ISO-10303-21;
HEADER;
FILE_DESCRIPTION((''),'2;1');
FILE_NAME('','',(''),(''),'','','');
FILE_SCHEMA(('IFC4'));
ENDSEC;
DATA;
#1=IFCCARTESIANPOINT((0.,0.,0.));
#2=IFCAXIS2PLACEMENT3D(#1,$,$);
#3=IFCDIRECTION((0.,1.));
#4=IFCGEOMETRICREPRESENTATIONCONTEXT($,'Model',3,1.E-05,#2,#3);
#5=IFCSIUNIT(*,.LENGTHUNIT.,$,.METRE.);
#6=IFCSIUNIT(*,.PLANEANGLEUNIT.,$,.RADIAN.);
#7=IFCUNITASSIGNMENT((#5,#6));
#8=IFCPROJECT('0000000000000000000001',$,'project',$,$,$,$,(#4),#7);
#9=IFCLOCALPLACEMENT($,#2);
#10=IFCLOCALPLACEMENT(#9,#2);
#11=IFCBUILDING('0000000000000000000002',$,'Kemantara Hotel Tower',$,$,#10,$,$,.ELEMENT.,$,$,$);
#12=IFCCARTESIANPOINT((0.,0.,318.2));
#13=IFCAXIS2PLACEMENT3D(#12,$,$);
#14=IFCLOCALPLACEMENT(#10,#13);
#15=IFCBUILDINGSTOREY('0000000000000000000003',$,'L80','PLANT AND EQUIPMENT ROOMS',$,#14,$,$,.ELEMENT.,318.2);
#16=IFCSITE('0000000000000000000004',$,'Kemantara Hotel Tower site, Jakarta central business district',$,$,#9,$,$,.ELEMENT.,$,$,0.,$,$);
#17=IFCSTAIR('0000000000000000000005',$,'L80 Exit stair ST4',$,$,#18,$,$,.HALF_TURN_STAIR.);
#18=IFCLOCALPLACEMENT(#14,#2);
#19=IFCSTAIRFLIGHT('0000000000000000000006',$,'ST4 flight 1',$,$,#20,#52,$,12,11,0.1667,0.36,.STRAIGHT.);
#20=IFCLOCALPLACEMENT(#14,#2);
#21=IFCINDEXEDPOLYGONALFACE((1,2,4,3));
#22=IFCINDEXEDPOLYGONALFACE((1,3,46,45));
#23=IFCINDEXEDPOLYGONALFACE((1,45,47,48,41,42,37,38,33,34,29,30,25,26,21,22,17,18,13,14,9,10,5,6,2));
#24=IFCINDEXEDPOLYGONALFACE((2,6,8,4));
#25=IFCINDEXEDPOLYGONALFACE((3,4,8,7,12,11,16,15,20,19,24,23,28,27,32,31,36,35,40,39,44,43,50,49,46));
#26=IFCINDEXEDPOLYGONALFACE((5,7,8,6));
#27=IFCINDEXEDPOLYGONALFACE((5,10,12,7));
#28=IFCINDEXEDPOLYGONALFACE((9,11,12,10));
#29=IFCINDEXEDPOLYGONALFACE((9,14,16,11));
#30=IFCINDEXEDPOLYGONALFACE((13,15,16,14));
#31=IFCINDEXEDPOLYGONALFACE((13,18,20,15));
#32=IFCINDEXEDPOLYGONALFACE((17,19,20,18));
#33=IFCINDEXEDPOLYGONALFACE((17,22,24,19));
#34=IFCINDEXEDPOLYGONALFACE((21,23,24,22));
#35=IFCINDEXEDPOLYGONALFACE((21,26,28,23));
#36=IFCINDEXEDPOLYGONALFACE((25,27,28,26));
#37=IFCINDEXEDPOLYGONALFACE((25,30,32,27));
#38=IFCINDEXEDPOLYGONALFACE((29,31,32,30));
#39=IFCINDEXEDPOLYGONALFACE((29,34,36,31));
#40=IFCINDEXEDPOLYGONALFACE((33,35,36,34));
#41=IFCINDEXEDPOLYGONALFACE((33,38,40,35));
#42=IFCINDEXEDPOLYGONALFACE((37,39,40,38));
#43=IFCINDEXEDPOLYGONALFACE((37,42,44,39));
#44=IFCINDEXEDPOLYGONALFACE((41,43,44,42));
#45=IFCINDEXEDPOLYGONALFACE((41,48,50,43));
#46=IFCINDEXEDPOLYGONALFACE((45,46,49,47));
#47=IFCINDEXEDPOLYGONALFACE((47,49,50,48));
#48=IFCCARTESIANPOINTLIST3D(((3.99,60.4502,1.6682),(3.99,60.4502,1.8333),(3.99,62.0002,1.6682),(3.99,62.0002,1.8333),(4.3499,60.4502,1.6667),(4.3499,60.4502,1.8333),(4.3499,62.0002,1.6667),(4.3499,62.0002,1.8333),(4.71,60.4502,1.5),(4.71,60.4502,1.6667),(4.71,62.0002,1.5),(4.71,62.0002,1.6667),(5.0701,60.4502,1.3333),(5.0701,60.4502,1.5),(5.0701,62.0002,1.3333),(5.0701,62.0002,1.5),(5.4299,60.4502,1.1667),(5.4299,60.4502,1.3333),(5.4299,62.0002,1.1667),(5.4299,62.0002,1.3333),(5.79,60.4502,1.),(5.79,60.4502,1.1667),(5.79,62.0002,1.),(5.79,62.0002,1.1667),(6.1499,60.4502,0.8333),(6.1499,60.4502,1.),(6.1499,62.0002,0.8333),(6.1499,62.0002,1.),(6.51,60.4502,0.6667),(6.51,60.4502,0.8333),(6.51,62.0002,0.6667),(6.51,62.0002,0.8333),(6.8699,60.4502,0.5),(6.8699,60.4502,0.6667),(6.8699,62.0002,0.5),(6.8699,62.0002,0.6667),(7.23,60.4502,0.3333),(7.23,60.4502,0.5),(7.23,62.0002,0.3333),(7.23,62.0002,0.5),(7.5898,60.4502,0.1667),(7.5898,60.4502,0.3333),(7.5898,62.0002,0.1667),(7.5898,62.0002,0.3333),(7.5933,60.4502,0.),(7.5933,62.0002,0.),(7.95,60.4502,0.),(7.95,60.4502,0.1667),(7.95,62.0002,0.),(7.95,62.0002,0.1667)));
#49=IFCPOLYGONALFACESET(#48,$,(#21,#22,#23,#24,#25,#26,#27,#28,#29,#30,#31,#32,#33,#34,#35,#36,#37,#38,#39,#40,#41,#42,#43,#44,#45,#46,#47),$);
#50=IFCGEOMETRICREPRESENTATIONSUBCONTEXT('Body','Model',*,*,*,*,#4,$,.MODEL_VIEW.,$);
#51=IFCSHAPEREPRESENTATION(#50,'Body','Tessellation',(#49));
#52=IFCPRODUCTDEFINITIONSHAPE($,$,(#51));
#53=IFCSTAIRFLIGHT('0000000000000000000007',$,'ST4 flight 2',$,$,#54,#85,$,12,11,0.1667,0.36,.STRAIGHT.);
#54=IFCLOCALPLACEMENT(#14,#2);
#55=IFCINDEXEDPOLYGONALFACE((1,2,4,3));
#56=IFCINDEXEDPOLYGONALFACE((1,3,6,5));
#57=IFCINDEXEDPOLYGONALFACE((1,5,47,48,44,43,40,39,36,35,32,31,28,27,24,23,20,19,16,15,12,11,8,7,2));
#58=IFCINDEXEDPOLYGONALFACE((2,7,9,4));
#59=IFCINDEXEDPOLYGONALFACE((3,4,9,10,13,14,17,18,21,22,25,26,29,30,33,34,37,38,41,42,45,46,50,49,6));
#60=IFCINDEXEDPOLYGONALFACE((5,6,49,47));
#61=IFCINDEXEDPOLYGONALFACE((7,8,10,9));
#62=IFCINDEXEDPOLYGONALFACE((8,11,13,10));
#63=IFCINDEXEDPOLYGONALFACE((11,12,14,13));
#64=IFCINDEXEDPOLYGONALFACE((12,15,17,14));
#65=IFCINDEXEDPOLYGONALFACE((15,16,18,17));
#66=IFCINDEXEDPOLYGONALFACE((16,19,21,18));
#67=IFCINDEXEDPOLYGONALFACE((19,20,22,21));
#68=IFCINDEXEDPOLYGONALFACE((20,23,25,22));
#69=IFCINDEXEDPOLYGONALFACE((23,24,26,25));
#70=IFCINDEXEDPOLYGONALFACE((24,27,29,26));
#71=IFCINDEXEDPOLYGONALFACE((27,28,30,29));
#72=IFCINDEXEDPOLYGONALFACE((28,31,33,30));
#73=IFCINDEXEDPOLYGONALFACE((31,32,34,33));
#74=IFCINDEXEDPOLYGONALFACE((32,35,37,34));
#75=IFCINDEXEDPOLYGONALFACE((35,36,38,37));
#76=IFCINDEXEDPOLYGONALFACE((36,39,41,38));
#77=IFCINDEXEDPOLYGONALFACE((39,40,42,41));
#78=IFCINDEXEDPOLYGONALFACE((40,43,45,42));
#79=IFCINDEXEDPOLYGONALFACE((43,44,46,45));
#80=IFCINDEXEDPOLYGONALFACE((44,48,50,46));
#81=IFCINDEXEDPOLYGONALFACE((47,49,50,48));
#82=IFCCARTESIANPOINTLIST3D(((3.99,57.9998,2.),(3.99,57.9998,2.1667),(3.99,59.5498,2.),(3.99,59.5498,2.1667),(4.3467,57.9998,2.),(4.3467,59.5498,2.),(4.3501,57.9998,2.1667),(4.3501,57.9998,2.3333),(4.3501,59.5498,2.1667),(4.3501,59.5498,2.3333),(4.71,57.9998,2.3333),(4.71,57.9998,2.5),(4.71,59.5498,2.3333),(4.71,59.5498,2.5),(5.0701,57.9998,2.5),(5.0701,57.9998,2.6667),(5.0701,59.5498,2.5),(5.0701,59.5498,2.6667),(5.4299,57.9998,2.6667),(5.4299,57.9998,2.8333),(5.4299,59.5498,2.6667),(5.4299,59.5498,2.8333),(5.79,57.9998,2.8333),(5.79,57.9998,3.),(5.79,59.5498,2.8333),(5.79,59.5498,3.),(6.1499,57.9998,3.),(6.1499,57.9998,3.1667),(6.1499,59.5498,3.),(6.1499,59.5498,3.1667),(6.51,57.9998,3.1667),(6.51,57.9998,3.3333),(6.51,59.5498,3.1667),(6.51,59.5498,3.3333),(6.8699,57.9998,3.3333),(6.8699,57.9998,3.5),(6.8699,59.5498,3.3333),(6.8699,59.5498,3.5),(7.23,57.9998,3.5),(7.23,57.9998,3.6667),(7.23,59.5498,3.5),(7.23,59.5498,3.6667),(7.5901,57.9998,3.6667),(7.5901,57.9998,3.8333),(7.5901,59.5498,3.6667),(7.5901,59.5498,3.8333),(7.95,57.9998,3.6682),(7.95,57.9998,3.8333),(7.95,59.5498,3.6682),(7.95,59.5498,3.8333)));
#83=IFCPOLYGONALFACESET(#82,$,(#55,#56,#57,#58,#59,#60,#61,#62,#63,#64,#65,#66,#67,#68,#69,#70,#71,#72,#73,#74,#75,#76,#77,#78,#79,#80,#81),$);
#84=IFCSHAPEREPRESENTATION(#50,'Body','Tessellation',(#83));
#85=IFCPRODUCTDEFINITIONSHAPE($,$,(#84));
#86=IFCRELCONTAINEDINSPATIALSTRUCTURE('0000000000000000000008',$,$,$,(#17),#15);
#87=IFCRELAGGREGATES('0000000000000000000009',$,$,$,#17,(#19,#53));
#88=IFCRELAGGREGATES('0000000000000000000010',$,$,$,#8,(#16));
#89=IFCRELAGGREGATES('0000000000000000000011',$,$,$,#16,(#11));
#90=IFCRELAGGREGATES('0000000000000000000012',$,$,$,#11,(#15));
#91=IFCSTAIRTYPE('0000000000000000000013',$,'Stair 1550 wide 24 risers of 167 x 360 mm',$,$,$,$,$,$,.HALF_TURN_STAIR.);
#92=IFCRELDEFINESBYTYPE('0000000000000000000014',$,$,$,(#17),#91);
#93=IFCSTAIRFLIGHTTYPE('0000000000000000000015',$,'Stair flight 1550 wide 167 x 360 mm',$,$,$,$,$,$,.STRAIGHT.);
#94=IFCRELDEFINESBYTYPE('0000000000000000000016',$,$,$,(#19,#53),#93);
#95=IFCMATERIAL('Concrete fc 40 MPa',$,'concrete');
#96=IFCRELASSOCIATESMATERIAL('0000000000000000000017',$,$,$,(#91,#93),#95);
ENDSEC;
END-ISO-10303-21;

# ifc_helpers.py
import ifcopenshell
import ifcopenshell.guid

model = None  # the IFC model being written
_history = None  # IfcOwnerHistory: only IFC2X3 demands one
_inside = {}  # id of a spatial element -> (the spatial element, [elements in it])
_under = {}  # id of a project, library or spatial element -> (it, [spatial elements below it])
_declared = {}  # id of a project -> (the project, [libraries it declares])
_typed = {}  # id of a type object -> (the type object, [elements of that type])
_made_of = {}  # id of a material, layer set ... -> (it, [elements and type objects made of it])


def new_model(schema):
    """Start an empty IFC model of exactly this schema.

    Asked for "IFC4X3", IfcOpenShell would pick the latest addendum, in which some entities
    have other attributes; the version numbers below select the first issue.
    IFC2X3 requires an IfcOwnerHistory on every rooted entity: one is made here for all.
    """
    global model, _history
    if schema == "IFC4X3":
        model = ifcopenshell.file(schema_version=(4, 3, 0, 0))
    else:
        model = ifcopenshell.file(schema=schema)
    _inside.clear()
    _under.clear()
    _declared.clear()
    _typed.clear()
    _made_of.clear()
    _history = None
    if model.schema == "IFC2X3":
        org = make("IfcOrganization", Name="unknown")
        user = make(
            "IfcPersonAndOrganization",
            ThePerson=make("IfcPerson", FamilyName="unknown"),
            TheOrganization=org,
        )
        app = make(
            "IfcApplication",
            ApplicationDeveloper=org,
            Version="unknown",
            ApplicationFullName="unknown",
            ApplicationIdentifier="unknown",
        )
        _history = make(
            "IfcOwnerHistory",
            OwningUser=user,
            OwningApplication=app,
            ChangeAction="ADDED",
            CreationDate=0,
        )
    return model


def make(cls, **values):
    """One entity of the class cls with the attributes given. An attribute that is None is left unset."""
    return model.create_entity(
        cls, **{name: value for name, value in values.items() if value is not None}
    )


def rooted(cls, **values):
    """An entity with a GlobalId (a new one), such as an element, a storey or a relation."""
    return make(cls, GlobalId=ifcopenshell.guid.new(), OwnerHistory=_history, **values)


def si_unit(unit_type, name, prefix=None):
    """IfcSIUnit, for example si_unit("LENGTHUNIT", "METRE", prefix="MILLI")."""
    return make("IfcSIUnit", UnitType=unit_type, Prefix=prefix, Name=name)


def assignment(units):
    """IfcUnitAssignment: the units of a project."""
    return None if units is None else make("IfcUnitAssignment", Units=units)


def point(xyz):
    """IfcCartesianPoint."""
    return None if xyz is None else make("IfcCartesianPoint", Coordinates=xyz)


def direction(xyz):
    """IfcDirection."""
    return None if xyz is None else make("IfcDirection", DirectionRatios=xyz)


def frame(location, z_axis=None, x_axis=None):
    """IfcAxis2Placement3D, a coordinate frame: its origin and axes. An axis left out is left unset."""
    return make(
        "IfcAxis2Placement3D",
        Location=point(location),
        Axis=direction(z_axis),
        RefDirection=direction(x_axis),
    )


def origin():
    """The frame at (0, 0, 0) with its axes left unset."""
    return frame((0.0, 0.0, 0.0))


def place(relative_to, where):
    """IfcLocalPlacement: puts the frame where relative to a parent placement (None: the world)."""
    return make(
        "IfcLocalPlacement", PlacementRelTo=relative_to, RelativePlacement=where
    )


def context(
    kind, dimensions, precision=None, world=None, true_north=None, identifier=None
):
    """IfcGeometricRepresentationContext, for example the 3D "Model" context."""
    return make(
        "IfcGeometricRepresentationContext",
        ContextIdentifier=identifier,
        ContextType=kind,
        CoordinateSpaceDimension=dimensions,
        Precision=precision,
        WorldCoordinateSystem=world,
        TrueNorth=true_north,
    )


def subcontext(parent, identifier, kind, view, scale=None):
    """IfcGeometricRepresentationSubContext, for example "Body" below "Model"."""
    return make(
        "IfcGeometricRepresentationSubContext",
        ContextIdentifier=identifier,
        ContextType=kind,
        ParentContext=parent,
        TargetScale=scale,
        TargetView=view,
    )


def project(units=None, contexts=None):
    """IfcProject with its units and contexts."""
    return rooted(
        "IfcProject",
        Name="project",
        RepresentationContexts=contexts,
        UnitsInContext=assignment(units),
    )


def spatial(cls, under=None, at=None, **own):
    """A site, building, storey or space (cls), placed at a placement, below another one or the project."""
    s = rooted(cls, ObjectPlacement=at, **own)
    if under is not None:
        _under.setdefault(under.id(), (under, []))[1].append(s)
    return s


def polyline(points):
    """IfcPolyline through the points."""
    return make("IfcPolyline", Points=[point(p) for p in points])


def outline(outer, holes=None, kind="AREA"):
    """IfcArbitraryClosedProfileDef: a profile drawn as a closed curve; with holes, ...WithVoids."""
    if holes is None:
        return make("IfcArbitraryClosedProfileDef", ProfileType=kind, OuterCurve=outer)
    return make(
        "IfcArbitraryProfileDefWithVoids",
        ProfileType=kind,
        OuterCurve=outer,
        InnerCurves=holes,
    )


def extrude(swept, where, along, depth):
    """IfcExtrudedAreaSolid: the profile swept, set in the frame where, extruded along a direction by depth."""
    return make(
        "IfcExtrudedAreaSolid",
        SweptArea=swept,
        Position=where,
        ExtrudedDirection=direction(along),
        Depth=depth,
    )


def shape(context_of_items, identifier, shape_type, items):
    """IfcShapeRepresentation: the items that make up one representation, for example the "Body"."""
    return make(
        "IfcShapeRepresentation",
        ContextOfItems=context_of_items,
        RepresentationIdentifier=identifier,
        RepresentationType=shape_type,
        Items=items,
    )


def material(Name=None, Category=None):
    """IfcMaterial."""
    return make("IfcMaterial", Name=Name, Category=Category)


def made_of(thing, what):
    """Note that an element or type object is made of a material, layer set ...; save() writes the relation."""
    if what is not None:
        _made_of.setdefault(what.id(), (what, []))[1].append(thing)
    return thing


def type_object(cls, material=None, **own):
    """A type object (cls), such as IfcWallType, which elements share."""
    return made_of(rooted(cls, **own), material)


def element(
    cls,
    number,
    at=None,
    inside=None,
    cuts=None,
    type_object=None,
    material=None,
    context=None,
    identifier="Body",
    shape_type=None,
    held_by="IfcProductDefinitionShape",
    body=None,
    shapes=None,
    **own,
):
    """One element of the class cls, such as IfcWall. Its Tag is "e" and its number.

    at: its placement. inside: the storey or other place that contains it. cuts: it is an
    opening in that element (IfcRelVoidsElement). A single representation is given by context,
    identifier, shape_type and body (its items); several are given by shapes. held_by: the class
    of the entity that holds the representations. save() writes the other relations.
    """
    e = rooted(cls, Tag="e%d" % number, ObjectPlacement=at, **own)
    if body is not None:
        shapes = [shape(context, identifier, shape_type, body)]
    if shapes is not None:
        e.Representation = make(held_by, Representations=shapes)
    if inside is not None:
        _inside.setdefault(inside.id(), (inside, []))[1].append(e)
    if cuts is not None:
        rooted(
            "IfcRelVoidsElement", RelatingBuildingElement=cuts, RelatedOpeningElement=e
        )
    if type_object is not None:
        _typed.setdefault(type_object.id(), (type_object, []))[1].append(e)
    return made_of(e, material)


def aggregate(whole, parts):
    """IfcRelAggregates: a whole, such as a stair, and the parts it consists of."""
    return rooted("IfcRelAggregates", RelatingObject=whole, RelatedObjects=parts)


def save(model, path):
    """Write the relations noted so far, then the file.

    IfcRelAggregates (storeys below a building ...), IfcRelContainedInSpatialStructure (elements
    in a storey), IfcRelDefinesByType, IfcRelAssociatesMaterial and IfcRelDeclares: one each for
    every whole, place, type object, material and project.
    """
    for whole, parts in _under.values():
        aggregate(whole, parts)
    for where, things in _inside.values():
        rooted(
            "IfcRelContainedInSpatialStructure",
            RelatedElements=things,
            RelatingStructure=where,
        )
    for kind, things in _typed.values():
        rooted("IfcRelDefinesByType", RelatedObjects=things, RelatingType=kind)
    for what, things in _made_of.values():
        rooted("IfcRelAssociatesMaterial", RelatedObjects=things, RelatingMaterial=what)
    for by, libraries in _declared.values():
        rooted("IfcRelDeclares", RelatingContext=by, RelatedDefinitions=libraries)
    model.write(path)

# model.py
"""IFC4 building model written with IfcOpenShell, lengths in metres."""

from ifc_helpers import new_model, si_unit, direction, frame, origin, place, context, subcontext, project, spatial, polyline, outline, extrude, material, type_object, element, aggregate, save


model = new_model("IFC4")

# Units and contexts
model_context = context("Model", 3, precision=1e-05, world=origin(), true_north=direction((0.0, 1.0)))
body_context = subcontext(model_context, "Body", "Model", "MODEL_VIEW")
ifc_project = project(units=[si_unit("LENGTHUNIT", "METRE"), si_unit("PLANEANGLEUNIT", "RADIAN")], contexts=[model_context])

# Site, building, storey
site_placement = place(None, origin())
site = spatial("IfcSite", under=ifc_project, at=site_placement, Name="Kemantara Hotel Tower site, Jakarta central business district", CompositionType="ELEMENT", RefElevation=0.0)
building_placement = place(site_placement, origin())
building = spatial("IfcBuilding", under=site, at=building_placement, Name="Kemantara Hotel Tower", CompositionType="ELEMENT")
storey_placement = place(building_placement, frame((0.0, 0.0, 318.2)))
storey = spatial("IfcBuildingStorey", under=building, at=storey_placement, Name="L80", Description="PLANT AND EQUIPMENT ROOMS", CompositionType="ELEMENT", Elevation=318.2)

# Shared definitions
ifc_material_1 = material(Name="Concrete fc 40 MPa", Category="concrete")

# Stair, stair flights
stair_type = type_object("IfcStairType", Name="Stair 1550 wide 24 risers of 167 x 360 mm", PredefinedType="HALF_TURN_STAIR", material=ifc_material_1)
stair_placement = place(storey_placement, origin())
stair = element("IfcStair", 1, at=stair_placement, inside=storey, type_object=stair_type, Name="L80 Exit stair ST4", PredefinedType="HALF_TURN_STAIR")
stair_flight_type = type_object("IfcStairFlightType", Name="Stair flight 1550 wide 167 x 360 mm", PredefinedType="STRAIGHT", material=ifc_material_1)
stair_flight_1_placement = place(storey_placement, frame((7.95, 61.2251, 0.0), z_axis=(0.0, 0.0, 1.0), x_axis=(-1.0, 0.0, 0.0)))
stair_flight_1 = element("IfcStairFlight", 2, at=stair_flight_1_placement, type_object=stair_flight_type, Name="ST4 flight 1", NumberOfRisers=12, NumberOfTreads=11, PredefinedType="STRAIGHT", RiserHeight=0.1667, TreadLength=0.36, context=body_context, shape_type="SweptSolid", body=[
    extrude(outline(polyline([(0.0, 0.0), (0.0, 0.1667), (0.3601, 0.1667), (0.3601, 0.3333), (0.72, 0.3333), (0.72, 0.5), (1.0801, 0.5), (1.0801, 0.6667), (1.4399, 0.6667), (1.4399, 0.8333), (1.8, 0.8333), (1.8, 1.0), (2.1599, 1.0), (2.1599, 1.1667), (2.52, 1.1667), (2.52, 1.3333), (2.8799, 1.3333), (2.8799, 1.5), (3.24, 1.5), (3.24, 1.6667), (3.6001, 1.6667), (3.6001, 1.8333), (3.96, 1.8333), (3.96, 2.0), (3.96, 1.6682), (0.3567, 0.0), (0.0, 0.0)])), frame((0.0, 0.7749, 0.0), z_axis=(0.0, -1.0, 0.0), x_axis=(1.0, 0.0, 0.0)), (0.0, 0.0, 1.0), 1.55),
])
stair_flight_2_placement = place(storey_placement, frame((3.99, 58.7749, 2.0), z_axis=(0.0, 0.0, 1.0), x_axis=(1.0, 0.0, 0.0)))
stair_flight_2 = element("IfcStairFlight", 3, at=stair_flight_2_placement, type_object=stair_flight_type, Name="ST4 flight 2", NumberOfRisers=12, NumberOfTreads=11, PredefinedType="STRAIGHT", RiserHeight=0.1667, TreadLength=0.36, context=body_context, shape_type="SweptSolid", body=[
    extrude(outline(polyline([(0.0, 0.0), (0.0, 0.1667), (0.3601, 0.1667), (0.3601, 0.3333), (0.72, 0.3333), (0.72, 0.5), (1.0801, 0.5), (1.0801, 0.6667), (1.4399, 0.6667), (1.4399, 0.8333), (1.8, 0.8333), (1.8, 1.0), (2.1599, 1.0), (2.1599, 1.1667), (2.52, 1.1667), (2.52, 1.3333), (2.8799, 1.3333), (2.8799, 1.5), (3.24, 1.5), (3.24, 1.6667), (3.6001, 1.6667), (3.6001, 1.8333), (3.96, 1.8333), (3.96, 2.0), (3.96, 1.6682), (0.3567, 0.0), (0.0, 0.0)])), frame((0.0, 0.7749, 0.0), z_axis=(0.0, -1.0, 0.0), x_axis=(1.0, 0.0, 0.0)), (0.0, 0.0, 1.0), 1.55),
])
aggregate(stair, [stair_flight_1, stair_flight_2])

save(model, "model.ifc")
